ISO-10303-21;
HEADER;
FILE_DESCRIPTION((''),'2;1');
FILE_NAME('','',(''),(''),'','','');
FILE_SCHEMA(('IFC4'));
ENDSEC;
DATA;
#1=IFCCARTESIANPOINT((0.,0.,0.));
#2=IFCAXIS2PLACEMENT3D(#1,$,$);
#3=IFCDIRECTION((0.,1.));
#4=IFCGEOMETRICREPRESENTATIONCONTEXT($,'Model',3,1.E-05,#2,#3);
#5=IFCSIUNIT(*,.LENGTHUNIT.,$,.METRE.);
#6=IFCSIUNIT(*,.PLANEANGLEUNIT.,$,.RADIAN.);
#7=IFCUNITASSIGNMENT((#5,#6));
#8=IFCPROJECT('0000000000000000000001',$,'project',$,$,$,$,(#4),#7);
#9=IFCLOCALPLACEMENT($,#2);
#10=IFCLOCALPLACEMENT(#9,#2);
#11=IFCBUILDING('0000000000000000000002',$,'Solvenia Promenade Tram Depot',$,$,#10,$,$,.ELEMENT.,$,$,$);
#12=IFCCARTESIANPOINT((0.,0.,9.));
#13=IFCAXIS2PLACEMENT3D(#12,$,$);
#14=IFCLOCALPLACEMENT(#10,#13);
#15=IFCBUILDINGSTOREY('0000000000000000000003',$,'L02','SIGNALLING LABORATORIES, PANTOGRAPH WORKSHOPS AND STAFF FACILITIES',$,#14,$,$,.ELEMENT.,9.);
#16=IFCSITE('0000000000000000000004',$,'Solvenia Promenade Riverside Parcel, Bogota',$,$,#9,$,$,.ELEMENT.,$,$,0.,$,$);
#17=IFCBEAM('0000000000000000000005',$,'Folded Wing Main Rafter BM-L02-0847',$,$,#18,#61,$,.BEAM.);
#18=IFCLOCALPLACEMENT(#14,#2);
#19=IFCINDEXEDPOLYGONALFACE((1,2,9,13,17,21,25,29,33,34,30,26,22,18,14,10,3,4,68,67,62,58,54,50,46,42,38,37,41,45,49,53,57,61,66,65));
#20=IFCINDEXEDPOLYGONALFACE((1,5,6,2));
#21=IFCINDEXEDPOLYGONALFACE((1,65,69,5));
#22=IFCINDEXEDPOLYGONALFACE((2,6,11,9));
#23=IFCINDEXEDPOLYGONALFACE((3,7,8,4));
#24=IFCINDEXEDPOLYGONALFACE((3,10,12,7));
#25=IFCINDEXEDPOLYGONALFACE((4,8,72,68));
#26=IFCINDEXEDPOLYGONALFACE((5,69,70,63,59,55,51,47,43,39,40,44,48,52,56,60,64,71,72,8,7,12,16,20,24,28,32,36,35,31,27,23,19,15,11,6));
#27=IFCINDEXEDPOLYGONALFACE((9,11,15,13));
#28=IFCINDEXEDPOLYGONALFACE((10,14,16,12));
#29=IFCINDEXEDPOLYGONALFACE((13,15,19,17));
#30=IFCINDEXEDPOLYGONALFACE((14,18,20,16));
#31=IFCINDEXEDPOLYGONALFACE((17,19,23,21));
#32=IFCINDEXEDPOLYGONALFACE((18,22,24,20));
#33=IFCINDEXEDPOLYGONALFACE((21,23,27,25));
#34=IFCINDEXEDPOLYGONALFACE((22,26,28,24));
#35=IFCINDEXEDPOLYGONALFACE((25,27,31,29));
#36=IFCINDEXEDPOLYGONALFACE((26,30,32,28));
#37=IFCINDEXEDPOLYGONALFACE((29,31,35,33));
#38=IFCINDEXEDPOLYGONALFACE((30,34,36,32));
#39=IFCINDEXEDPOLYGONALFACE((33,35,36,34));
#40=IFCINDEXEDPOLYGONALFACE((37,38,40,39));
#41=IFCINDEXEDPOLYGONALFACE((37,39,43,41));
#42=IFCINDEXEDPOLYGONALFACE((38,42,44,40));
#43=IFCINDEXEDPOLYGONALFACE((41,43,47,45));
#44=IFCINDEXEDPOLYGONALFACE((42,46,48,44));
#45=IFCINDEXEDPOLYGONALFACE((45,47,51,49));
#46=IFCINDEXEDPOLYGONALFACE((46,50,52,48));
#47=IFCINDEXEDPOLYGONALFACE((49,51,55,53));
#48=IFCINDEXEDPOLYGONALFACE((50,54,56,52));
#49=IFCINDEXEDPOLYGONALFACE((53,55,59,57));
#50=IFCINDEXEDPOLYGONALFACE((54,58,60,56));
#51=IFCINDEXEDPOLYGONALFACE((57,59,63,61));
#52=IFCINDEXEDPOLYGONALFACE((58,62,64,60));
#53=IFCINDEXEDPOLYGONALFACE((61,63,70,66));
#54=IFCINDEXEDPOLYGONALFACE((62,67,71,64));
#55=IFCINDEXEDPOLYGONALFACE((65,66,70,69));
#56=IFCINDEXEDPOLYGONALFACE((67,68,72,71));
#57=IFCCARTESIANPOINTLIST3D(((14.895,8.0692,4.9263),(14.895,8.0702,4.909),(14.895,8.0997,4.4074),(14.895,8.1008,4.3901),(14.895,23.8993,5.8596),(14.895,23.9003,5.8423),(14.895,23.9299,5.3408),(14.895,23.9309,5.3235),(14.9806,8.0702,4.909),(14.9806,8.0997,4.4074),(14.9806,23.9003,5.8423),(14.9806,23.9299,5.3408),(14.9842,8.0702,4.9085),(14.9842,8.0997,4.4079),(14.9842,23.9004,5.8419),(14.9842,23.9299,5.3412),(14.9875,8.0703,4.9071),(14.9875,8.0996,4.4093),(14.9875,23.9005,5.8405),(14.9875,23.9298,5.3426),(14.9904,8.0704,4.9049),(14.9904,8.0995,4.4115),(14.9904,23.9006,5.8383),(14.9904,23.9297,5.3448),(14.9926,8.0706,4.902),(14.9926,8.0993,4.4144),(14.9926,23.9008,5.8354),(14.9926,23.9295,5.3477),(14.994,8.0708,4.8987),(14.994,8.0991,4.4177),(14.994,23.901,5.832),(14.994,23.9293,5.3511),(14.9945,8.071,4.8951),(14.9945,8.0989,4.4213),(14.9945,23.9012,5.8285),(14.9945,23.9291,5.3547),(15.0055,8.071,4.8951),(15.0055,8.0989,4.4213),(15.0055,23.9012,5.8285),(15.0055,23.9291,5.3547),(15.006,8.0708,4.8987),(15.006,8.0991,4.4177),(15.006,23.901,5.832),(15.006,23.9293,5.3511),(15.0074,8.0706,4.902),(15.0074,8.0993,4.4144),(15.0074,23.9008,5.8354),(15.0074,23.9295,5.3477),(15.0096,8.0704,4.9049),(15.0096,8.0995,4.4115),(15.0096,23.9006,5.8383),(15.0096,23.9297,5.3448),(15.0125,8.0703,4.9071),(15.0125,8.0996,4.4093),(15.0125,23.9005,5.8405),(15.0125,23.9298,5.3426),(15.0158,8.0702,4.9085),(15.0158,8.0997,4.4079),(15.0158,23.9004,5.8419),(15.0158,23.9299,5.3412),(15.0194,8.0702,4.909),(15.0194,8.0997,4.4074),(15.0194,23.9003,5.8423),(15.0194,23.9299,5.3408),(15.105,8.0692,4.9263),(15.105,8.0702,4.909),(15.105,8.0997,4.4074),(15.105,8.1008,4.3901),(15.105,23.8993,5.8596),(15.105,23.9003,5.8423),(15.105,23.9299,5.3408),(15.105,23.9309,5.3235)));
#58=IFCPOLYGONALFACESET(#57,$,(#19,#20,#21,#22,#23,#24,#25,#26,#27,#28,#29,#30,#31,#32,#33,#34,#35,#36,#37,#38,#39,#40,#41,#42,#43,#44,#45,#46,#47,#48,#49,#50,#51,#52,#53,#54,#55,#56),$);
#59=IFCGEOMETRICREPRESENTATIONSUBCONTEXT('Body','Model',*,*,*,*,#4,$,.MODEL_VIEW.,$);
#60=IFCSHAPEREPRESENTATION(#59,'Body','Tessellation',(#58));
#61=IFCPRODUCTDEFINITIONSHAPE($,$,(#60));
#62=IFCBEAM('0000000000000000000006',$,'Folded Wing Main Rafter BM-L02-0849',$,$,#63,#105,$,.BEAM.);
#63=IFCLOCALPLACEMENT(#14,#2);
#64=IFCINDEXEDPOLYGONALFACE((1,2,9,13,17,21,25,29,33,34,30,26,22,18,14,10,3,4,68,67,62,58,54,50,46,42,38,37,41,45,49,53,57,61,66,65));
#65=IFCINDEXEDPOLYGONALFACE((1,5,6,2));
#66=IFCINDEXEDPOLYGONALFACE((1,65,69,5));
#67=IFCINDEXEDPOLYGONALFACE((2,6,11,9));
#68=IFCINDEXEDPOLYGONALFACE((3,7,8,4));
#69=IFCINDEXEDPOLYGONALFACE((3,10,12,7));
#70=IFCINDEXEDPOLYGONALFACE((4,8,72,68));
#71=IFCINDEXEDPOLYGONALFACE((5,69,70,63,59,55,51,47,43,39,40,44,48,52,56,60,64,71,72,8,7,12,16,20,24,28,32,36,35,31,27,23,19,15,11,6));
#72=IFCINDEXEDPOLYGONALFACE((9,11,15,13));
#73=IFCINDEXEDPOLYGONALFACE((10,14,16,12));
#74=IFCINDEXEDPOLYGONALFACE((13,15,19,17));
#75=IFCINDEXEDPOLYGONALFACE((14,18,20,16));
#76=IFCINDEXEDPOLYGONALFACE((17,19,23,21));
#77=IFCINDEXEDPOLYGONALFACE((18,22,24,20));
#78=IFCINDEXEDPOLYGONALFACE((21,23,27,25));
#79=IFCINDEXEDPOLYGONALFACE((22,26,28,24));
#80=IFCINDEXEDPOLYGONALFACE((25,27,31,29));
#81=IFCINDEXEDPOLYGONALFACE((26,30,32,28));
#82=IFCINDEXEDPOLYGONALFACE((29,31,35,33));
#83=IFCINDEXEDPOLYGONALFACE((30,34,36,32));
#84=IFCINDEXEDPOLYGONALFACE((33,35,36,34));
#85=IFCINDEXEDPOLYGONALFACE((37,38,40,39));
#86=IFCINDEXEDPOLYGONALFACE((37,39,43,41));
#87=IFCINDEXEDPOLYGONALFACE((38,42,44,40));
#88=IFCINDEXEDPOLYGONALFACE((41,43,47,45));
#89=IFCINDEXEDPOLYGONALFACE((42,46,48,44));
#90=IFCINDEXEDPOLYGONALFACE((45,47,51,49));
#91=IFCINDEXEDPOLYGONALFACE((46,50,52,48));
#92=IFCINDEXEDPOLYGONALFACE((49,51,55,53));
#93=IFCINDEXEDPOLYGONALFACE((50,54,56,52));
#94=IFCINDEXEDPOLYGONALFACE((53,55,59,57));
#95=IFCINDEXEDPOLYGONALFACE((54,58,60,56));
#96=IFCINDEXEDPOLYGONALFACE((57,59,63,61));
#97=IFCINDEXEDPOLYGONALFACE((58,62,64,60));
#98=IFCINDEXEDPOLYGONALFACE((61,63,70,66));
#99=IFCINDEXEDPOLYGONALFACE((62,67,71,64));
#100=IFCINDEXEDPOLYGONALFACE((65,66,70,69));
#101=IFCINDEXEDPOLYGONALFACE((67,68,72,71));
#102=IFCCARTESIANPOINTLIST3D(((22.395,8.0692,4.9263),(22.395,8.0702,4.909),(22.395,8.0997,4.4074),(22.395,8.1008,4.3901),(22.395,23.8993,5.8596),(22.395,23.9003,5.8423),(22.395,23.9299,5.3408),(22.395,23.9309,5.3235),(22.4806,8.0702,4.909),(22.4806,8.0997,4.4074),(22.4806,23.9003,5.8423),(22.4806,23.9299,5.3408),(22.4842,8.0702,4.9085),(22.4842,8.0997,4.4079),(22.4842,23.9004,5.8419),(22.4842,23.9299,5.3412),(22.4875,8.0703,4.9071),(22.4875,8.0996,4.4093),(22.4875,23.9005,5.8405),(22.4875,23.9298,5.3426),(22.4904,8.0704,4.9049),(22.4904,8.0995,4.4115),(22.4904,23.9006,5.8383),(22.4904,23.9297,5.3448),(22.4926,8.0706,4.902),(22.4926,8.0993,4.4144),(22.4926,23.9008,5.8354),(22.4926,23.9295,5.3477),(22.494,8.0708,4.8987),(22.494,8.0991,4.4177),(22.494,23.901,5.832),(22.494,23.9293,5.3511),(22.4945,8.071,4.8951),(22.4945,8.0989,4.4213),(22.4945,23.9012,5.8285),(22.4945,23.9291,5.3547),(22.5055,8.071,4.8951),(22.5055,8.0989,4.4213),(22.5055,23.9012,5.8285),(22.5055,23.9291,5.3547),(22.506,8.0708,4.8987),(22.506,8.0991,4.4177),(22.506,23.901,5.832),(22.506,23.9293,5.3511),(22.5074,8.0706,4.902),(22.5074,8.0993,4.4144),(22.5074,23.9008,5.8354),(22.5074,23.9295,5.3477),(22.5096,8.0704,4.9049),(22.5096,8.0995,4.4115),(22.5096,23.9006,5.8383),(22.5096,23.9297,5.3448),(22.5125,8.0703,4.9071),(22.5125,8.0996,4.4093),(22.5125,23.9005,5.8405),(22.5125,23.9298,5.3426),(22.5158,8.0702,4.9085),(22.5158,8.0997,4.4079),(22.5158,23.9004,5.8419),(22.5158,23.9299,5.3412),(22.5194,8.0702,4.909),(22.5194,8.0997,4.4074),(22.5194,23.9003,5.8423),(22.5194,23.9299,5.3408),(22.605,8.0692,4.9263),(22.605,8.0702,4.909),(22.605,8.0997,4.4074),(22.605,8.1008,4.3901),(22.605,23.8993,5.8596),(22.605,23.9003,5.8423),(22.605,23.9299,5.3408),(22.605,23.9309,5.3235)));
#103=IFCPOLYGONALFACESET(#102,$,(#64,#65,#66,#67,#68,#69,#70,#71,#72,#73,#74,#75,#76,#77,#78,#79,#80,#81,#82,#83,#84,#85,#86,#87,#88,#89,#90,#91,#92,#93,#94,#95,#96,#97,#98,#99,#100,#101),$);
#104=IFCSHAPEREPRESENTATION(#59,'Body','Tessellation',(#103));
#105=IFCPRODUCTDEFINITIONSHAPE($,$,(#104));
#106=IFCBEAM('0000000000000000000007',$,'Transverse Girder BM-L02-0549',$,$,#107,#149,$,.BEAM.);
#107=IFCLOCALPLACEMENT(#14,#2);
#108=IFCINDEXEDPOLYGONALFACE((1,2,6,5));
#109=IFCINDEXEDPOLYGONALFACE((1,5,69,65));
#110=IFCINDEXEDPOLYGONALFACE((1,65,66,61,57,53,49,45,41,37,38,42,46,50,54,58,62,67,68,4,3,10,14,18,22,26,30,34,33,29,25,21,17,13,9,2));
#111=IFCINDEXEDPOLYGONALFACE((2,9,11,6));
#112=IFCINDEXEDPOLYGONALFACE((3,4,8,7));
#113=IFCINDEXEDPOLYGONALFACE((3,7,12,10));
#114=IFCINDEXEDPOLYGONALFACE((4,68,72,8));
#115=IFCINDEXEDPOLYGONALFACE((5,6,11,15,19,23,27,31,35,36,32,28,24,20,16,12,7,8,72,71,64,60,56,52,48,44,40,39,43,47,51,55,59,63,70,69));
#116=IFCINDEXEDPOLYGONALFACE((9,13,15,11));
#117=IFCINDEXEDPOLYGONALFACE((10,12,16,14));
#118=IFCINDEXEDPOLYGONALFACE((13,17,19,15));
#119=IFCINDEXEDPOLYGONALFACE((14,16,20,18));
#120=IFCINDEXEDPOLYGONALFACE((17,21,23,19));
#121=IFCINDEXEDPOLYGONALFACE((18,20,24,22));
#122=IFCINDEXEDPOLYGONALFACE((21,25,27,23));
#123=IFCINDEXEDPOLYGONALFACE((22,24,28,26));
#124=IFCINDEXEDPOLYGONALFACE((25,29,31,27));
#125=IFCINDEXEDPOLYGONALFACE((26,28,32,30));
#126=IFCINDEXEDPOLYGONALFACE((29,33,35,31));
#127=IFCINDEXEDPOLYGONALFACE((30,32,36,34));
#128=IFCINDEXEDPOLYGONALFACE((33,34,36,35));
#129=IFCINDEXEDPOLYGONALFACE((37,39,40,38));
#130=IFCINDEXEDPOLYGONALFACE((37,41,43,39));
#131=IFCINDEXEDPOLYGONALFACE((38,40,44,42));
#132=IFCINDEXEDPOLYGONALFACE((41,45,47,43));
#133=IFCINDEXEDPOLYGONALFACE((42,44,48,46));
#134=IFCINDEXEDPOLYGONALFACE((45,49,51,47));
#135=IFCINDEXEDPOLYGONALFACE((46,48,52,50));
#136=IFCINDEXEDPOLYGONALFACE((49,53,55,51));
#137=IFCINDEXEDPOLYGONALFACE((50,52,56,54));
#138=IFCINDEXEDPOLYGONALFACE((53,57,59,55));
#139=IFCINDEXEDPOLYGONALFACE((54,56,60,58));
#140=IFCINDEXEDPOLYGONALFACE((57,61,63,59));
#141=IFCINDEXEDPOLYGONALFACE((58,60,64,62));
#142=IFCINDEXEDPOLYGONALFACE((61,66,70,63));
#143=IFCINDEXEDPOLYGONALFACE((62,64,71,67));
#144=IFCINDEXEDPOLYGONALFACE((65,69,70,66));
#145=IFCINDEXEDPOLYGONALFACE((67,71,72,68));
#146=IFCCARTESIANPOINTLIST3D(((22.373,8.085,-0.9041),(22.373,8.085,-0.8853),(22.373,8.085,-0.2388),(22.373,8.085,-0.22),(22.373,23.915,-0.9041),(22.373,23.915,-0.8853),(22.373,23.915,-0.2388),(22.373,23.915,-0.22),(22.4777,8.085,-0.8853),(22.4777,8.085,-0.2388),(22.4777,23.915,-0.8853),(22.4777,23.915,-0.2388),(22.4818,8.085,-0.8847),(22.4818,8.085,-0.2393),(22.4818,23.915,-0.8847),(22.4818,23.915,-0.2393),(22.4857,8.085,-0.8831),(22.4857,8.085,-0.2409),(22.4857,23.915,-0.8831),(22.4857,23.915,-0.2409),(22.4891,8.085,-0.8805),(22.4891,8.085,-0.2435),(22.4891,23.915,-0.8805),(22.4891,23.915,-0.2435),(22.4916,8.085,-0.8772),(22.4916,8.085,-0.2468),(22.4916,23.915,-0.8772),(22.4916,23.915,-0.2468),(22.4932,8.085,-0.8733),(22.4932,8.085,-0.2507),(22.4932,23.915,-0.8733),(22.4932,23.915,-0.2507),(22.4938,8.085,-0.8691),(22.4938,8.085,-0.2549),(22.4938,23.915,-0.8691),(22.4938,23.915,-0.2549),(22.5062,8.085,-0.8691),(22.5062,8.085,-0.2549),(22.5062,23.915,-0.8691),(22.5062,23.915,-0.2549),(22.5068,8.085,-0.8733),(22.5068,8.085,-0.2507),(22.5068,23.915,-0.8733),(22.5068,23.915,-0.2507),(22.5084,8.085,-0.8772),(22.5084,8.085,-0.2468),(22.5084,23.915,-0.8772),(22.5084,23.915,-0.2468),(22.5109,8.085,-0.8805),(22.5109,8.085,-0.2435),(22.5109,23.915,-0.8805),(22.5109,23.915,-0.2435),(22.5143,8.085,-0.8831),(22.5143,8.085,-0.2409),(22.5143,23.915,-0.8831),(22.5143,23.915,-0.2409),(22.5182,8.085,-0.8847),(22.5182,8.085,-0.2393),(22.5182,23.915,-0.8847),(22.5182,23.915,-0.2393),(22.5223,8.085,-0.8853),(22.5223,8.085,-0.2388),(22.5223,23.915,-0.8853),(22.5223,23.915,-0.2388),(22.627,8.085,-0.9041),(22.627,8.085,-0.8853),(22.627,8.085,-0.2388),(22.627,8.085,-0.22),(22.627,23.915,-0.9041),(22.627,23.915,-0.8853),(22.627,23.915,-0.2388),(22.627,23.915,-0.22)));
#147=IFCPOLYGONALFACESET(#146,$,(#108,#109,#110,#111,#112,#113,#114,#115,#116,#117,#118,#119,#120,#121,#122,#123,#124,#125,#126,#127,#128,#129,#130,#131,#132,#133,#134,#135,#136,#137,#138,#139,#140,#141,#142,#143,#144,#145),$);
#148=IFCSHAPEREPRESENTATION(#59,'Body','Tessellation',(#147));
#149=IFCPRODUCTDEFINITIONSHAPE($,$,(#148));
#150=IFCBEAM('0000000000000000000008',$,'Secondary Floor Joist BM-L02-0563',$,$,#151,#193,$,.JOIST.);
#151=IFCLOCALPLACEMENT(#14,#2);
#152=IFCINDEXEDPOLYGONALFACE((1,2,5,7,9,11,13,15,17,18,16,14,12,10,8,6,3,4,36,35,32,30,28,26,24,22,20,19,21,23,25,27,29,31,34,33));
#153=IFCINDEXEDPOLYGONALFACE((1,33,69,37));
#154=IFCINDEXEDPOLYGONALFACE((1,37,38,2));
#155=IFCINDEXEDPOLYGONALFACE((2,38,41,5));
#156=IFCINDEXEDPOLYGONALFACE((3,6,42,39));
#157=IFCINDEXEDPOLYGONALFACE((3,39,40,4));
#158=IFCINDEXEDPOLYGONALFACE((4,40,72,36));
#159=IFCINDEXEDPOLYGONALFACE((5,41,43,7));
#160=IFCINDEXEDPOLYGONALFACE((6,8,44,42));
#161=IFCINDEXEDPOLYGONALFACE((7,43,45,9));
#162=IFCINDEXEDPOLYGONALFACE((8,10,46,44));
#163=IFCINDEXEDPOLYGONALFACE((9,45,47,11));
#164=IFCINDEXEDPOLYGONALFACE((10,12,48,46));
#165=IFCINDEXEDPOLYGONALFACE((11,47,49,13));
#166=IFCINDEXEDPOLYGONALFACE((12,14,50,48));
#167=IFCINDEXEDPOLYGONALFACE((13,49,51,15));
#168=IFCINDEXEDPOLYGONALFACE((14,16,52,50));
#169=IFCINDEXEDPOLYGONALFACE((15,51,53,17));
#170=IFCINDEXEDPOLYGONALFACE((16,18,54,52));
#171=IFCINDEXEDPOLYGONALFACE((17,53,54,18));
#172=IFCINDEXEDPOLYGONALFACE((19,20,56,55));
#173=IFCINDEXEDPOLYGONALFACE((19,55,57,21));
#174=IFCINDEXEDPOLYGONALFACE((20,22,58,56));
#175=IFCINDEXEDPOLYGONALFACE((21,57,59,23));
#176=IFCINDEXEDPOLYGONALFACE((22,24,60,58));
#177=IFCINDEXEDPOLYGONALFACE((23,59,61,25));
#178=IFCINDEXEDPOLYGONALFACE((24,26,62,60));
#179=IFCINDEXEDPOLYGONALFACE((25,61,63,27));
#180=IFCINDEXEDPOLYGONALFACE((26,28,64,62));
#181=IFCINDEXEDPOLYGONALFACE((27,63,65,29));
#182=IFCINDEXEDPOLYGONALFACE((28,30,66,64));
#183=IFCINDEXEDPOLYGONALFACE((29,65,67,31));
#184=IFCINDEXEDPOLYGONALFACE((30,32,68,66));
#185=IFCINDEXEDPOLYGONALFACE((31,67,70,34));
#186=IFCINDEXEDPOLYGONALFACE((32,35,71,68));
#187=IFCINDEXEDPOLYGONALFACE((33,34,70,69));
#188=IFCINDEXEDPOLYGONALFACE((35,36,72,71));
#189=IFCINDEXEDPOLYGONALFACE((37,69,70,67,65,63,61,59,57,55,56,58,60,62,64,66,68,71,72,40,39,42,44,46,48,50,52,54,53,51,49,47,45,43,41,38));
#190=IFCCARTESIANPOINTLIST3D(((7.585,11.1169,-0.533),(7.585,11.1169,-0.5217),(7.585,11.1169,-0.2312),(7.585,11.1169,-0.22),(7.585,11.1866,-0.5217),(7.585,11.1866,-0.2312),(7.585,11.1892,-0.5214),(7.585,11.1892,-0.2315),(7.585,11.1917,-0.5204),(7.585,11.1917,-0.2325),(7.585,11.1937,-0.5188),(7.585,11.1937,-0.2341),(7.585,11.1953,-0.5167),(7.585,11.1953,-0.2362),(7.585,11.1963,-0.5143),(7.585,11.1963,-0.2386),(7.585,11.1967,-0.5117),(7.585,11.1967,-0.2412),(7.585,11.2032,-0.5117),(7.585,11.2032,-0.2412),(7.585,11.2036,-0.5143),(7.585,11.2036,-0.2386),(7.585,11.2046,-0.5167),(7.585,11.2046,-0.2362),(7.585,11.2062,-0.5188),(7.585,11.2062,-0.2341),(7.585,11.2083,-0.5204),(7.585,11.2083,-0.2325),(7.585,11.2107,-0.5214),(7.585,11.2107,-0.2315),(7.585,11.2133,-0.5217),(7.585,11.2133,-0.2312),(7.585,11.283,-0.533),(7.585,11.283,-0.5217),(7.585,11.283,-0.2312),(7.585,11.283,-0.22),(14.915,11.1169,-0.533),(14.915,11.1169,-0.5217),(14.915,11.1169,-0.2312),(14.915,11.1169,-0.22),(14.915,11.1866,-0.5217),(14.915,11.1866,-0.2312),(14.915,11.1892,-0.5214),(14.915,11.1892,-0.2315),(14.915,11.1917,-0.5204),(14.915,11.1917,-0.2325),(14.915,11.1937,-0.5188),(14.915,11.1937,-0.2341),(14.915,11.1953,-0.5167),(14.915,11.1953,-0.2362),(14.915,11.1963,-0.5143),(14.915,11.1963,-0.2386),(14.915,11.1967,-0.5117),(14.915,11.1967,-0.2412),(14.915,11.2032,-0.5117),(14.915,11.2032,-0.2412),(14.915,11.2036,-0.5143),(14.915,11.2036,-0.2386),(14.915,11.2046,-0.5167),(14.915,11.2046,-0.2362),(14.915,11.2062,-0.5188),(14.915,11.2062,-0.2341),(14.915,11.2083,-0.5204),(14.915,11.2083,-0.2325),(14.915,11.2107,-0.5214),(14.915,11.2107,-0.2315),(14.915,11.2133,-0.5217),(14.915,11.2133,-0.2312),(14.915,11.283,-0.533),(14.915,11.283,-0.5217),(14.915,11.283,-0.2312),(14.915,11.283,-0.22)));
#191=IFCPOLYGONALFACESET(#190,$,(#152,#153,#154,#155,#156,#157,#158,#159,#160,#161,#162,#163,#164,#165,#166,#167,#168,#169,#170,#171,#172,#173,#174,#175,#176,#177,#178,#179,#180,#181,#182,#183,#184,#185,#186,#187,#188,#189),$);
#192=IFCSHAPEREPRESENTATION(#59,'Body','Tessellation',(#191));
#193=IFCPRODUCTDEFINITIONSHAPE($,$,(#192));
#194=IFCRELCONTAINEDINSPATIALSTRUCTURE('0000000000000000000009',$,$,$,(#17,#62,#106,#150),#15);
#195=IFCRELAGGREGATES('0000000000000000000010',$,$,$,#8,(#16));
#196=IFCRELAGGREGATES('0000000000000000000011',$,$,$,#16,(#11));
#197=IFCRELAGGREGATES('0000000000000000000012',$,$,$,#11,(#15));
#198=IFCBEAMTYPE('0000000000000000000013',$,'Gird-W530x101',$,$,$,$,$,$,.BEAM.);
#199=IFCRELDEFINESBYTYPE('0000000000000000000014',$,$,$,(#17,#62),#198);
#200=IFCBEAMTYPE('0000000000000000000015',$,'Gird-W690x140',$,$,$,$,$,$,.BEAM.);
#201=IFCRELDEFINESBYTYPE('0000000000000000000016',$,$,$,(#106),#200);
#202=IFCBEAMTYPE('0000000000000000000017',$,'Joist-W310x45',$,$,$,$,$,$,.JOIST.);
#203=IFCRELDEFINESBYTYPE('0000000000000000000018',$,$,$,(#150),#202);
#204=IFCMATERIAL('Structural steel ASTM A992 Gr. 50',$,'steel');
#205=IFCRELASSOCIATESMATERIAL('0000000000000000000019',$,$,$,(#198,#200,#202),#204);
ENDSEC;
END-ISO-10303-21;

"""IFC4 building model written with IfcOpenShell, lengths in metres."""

from ifc_helpers import new_model, si_unit, direction, frame, origin, origin_2d, place, context, subcontext, project, spatial, i_section, extrude, material, material_profile, profile_set, type_object, element, save


model = new_model("IFC4")

# Units and contexts
model_context = context("Model", 3, precision=1e-05, world=origin(), true_north=direction((0.0, 1.0)))
body_context = subcontext(model_context, "Body", "Model", "MODEL_VIEW")
ifc_project = project(units=[si_unit("LENGTHUNIT", "METRE"), si_unit("PLANEANGLEUNIT", "RADIAN")], contexts=[model_context])

# Site, building, storey
site_placement = place(None, origin())
site = spatial("IfcSite", under=ifc_project, at=site_placement, Name="Solvenia Promenade Riverside Parcel, Bogota", CompositionType="ELEMENT", RefElevation=0.0)
building_placement = place(site_placement, origin())
building = spatial("IfcBuilding", under=site, at=building_placement, Name="Solvenia Promenade Tram Depot", CompositionType="ELEMENT")
storey_placement = place(building_placement, frame((0.0, 0.0, 9.0)))
storey = spatial("IfcBuildingStorey", under=building, at=storey_placement, Name="L02", Description="SIGNALLING LABORATORIES, PANTOGRAPH WORKSHOPS AND STAFF FACILITIES", CompositionType="ELEMENT", Elevation=9.0)

# Beams
ifc_material_1 = material(Name="Structural steel ASTM A992 Gr. 50", Category="steel")
ifc_material_profile_1 = material_profile(ifc_material_1, i_section(OverallWidth=0.21, OverallDepth=0.5371, WebThickness=0.011, FlangeThickness=0.0173, FilletRadius=0.0139, at=origin_2d()), Name="W530x101", Category="steel")
ifc_profile_set_1 = profile_set([ifc_material_profile_1], Name="Structural steel ASTM A992 Gr. 50")
beam_type_1 = type_object("IfcBeamType", Name="Gird-W530x101", PredefinedType="BEAM", material=ifc_profile_set_1)
for number, where, z_axis, x_axis, name in (
    (1, (15.0, 8.085, 4.6582), (0.0, 0.998266, 0.058858), (-1.0, 0.0, 0.0), "Folded Wing Main Rafter BM-L02-0847"),
    (2, (22.5, 8.085, 4.6582), (0.0, 0.998266, 0.058858), (-1.0, 0.0, 0.0), "Folded Wing Main Rafter BM-L02-0849"),
):
    element("IfcBeam", number, at=place(storey_placement, frame(where, z_axis=z_axis, x_axis=x_axis)), inside=storey, type_object=beam_type_1, Name=name, PredefinedType="BEAM", context=body_context, shape_type="SweptSolid", body=[
        extrude(i_section(OverallWidth=0.21, OverallDepth=0.5371, WebThickness=0.011, FlangeThickness=0.0173, FilletRadius=0.0139, at=origin_2d()), origin(), (0.0, 0.0, 1.0), 15.8577),
    ])
ifc_material_profile_2 = material_profile(ifc_material_1, i_section(OverallWidth=0.2539, OverallDepth=0.6841, WebThickness=0.0125, FlangeThickness=0.0188, FilletRadius=0.0161, at=origin_2d()), Name="W690x140", Category="steel")
ifc_profile_set_2 = profile_set([ifc_material_profile_2], Name="Structural steel ASTM A992 Gr. 50")
beam_type_2 = type_object("IfcBeamType", Name="Gird-W690x140", PredefinedType="BEAM", material=ifc_profile_set_2)
beam_placement = place(storey_placement, frame((22.5, 8.085, -0.562), z_axis=(0.0, 1.0, 0.0), x_axis=(-1.0, 0.0, 0.0)))
element("IfcBeam", 3, at=beam_placement, inside=storey, type_object=beam_type_2, Name="Transverse Girder BM-L02-0549", PredefinedType="BEAM", context=body_context, shape_type="SweptSolid", body=[
    extrude(i_section(OverallWidth=0.2539, OverallDepth=0.6841, WebThickness=0.0125, FlangeThickness=0.0188, FilletRadius=0.0161, at=origin_2d()), origin(), (0.0, 0.0, 1.0), 15.8301),
])
ifc_material_profile_3 = material_profile(ifc_material_1, i_section(OverallWidth=0.166, OverallDepth=0.313, WebThickness=0.0066, FlangeThickness=0.0112, FilletRadius=0.01, at=origin_2d()), Name="W310x45", Category="steel")
ifc_profile_set_3 = profile_set([ifc_material_profile_3], Name="Structural steel ASTM A992 Gr. 50")
beam_type_3 = type_object("IfcBeamType", Name="Joist-W310x45", PredefinedType="JOIST", material=ifc_profile_set_3)
for number, where, z_axis, x_axis, name in (
    (4, (7.585, 11.2, -0.3765), (1.0, 0.0, 0.0), (0.0, 1.0, 0.0), "Secondary Floor Joist BM-L02-0563"),
):
    element("IfcBeam", number, at=place(storey_placement, frame(where, z_axis=z_axis, x_axis=x_axis)), inside=storey, type_object=beam_type_3, Name=name, PredefinedType="JOIST", context=body_context, shape_type="SweptSolid", body=[
        extrude(i_section(OverallWidth=0.166, OverallDepth=0.313, WebThickness=0.0066, FlangeThickness=0.0112, FilletRadius=0.01, at=origin_2d()), origin(), (0.0, 0.0, 1.0), 7.3301),
    ])

save(model, "model.ifc")
